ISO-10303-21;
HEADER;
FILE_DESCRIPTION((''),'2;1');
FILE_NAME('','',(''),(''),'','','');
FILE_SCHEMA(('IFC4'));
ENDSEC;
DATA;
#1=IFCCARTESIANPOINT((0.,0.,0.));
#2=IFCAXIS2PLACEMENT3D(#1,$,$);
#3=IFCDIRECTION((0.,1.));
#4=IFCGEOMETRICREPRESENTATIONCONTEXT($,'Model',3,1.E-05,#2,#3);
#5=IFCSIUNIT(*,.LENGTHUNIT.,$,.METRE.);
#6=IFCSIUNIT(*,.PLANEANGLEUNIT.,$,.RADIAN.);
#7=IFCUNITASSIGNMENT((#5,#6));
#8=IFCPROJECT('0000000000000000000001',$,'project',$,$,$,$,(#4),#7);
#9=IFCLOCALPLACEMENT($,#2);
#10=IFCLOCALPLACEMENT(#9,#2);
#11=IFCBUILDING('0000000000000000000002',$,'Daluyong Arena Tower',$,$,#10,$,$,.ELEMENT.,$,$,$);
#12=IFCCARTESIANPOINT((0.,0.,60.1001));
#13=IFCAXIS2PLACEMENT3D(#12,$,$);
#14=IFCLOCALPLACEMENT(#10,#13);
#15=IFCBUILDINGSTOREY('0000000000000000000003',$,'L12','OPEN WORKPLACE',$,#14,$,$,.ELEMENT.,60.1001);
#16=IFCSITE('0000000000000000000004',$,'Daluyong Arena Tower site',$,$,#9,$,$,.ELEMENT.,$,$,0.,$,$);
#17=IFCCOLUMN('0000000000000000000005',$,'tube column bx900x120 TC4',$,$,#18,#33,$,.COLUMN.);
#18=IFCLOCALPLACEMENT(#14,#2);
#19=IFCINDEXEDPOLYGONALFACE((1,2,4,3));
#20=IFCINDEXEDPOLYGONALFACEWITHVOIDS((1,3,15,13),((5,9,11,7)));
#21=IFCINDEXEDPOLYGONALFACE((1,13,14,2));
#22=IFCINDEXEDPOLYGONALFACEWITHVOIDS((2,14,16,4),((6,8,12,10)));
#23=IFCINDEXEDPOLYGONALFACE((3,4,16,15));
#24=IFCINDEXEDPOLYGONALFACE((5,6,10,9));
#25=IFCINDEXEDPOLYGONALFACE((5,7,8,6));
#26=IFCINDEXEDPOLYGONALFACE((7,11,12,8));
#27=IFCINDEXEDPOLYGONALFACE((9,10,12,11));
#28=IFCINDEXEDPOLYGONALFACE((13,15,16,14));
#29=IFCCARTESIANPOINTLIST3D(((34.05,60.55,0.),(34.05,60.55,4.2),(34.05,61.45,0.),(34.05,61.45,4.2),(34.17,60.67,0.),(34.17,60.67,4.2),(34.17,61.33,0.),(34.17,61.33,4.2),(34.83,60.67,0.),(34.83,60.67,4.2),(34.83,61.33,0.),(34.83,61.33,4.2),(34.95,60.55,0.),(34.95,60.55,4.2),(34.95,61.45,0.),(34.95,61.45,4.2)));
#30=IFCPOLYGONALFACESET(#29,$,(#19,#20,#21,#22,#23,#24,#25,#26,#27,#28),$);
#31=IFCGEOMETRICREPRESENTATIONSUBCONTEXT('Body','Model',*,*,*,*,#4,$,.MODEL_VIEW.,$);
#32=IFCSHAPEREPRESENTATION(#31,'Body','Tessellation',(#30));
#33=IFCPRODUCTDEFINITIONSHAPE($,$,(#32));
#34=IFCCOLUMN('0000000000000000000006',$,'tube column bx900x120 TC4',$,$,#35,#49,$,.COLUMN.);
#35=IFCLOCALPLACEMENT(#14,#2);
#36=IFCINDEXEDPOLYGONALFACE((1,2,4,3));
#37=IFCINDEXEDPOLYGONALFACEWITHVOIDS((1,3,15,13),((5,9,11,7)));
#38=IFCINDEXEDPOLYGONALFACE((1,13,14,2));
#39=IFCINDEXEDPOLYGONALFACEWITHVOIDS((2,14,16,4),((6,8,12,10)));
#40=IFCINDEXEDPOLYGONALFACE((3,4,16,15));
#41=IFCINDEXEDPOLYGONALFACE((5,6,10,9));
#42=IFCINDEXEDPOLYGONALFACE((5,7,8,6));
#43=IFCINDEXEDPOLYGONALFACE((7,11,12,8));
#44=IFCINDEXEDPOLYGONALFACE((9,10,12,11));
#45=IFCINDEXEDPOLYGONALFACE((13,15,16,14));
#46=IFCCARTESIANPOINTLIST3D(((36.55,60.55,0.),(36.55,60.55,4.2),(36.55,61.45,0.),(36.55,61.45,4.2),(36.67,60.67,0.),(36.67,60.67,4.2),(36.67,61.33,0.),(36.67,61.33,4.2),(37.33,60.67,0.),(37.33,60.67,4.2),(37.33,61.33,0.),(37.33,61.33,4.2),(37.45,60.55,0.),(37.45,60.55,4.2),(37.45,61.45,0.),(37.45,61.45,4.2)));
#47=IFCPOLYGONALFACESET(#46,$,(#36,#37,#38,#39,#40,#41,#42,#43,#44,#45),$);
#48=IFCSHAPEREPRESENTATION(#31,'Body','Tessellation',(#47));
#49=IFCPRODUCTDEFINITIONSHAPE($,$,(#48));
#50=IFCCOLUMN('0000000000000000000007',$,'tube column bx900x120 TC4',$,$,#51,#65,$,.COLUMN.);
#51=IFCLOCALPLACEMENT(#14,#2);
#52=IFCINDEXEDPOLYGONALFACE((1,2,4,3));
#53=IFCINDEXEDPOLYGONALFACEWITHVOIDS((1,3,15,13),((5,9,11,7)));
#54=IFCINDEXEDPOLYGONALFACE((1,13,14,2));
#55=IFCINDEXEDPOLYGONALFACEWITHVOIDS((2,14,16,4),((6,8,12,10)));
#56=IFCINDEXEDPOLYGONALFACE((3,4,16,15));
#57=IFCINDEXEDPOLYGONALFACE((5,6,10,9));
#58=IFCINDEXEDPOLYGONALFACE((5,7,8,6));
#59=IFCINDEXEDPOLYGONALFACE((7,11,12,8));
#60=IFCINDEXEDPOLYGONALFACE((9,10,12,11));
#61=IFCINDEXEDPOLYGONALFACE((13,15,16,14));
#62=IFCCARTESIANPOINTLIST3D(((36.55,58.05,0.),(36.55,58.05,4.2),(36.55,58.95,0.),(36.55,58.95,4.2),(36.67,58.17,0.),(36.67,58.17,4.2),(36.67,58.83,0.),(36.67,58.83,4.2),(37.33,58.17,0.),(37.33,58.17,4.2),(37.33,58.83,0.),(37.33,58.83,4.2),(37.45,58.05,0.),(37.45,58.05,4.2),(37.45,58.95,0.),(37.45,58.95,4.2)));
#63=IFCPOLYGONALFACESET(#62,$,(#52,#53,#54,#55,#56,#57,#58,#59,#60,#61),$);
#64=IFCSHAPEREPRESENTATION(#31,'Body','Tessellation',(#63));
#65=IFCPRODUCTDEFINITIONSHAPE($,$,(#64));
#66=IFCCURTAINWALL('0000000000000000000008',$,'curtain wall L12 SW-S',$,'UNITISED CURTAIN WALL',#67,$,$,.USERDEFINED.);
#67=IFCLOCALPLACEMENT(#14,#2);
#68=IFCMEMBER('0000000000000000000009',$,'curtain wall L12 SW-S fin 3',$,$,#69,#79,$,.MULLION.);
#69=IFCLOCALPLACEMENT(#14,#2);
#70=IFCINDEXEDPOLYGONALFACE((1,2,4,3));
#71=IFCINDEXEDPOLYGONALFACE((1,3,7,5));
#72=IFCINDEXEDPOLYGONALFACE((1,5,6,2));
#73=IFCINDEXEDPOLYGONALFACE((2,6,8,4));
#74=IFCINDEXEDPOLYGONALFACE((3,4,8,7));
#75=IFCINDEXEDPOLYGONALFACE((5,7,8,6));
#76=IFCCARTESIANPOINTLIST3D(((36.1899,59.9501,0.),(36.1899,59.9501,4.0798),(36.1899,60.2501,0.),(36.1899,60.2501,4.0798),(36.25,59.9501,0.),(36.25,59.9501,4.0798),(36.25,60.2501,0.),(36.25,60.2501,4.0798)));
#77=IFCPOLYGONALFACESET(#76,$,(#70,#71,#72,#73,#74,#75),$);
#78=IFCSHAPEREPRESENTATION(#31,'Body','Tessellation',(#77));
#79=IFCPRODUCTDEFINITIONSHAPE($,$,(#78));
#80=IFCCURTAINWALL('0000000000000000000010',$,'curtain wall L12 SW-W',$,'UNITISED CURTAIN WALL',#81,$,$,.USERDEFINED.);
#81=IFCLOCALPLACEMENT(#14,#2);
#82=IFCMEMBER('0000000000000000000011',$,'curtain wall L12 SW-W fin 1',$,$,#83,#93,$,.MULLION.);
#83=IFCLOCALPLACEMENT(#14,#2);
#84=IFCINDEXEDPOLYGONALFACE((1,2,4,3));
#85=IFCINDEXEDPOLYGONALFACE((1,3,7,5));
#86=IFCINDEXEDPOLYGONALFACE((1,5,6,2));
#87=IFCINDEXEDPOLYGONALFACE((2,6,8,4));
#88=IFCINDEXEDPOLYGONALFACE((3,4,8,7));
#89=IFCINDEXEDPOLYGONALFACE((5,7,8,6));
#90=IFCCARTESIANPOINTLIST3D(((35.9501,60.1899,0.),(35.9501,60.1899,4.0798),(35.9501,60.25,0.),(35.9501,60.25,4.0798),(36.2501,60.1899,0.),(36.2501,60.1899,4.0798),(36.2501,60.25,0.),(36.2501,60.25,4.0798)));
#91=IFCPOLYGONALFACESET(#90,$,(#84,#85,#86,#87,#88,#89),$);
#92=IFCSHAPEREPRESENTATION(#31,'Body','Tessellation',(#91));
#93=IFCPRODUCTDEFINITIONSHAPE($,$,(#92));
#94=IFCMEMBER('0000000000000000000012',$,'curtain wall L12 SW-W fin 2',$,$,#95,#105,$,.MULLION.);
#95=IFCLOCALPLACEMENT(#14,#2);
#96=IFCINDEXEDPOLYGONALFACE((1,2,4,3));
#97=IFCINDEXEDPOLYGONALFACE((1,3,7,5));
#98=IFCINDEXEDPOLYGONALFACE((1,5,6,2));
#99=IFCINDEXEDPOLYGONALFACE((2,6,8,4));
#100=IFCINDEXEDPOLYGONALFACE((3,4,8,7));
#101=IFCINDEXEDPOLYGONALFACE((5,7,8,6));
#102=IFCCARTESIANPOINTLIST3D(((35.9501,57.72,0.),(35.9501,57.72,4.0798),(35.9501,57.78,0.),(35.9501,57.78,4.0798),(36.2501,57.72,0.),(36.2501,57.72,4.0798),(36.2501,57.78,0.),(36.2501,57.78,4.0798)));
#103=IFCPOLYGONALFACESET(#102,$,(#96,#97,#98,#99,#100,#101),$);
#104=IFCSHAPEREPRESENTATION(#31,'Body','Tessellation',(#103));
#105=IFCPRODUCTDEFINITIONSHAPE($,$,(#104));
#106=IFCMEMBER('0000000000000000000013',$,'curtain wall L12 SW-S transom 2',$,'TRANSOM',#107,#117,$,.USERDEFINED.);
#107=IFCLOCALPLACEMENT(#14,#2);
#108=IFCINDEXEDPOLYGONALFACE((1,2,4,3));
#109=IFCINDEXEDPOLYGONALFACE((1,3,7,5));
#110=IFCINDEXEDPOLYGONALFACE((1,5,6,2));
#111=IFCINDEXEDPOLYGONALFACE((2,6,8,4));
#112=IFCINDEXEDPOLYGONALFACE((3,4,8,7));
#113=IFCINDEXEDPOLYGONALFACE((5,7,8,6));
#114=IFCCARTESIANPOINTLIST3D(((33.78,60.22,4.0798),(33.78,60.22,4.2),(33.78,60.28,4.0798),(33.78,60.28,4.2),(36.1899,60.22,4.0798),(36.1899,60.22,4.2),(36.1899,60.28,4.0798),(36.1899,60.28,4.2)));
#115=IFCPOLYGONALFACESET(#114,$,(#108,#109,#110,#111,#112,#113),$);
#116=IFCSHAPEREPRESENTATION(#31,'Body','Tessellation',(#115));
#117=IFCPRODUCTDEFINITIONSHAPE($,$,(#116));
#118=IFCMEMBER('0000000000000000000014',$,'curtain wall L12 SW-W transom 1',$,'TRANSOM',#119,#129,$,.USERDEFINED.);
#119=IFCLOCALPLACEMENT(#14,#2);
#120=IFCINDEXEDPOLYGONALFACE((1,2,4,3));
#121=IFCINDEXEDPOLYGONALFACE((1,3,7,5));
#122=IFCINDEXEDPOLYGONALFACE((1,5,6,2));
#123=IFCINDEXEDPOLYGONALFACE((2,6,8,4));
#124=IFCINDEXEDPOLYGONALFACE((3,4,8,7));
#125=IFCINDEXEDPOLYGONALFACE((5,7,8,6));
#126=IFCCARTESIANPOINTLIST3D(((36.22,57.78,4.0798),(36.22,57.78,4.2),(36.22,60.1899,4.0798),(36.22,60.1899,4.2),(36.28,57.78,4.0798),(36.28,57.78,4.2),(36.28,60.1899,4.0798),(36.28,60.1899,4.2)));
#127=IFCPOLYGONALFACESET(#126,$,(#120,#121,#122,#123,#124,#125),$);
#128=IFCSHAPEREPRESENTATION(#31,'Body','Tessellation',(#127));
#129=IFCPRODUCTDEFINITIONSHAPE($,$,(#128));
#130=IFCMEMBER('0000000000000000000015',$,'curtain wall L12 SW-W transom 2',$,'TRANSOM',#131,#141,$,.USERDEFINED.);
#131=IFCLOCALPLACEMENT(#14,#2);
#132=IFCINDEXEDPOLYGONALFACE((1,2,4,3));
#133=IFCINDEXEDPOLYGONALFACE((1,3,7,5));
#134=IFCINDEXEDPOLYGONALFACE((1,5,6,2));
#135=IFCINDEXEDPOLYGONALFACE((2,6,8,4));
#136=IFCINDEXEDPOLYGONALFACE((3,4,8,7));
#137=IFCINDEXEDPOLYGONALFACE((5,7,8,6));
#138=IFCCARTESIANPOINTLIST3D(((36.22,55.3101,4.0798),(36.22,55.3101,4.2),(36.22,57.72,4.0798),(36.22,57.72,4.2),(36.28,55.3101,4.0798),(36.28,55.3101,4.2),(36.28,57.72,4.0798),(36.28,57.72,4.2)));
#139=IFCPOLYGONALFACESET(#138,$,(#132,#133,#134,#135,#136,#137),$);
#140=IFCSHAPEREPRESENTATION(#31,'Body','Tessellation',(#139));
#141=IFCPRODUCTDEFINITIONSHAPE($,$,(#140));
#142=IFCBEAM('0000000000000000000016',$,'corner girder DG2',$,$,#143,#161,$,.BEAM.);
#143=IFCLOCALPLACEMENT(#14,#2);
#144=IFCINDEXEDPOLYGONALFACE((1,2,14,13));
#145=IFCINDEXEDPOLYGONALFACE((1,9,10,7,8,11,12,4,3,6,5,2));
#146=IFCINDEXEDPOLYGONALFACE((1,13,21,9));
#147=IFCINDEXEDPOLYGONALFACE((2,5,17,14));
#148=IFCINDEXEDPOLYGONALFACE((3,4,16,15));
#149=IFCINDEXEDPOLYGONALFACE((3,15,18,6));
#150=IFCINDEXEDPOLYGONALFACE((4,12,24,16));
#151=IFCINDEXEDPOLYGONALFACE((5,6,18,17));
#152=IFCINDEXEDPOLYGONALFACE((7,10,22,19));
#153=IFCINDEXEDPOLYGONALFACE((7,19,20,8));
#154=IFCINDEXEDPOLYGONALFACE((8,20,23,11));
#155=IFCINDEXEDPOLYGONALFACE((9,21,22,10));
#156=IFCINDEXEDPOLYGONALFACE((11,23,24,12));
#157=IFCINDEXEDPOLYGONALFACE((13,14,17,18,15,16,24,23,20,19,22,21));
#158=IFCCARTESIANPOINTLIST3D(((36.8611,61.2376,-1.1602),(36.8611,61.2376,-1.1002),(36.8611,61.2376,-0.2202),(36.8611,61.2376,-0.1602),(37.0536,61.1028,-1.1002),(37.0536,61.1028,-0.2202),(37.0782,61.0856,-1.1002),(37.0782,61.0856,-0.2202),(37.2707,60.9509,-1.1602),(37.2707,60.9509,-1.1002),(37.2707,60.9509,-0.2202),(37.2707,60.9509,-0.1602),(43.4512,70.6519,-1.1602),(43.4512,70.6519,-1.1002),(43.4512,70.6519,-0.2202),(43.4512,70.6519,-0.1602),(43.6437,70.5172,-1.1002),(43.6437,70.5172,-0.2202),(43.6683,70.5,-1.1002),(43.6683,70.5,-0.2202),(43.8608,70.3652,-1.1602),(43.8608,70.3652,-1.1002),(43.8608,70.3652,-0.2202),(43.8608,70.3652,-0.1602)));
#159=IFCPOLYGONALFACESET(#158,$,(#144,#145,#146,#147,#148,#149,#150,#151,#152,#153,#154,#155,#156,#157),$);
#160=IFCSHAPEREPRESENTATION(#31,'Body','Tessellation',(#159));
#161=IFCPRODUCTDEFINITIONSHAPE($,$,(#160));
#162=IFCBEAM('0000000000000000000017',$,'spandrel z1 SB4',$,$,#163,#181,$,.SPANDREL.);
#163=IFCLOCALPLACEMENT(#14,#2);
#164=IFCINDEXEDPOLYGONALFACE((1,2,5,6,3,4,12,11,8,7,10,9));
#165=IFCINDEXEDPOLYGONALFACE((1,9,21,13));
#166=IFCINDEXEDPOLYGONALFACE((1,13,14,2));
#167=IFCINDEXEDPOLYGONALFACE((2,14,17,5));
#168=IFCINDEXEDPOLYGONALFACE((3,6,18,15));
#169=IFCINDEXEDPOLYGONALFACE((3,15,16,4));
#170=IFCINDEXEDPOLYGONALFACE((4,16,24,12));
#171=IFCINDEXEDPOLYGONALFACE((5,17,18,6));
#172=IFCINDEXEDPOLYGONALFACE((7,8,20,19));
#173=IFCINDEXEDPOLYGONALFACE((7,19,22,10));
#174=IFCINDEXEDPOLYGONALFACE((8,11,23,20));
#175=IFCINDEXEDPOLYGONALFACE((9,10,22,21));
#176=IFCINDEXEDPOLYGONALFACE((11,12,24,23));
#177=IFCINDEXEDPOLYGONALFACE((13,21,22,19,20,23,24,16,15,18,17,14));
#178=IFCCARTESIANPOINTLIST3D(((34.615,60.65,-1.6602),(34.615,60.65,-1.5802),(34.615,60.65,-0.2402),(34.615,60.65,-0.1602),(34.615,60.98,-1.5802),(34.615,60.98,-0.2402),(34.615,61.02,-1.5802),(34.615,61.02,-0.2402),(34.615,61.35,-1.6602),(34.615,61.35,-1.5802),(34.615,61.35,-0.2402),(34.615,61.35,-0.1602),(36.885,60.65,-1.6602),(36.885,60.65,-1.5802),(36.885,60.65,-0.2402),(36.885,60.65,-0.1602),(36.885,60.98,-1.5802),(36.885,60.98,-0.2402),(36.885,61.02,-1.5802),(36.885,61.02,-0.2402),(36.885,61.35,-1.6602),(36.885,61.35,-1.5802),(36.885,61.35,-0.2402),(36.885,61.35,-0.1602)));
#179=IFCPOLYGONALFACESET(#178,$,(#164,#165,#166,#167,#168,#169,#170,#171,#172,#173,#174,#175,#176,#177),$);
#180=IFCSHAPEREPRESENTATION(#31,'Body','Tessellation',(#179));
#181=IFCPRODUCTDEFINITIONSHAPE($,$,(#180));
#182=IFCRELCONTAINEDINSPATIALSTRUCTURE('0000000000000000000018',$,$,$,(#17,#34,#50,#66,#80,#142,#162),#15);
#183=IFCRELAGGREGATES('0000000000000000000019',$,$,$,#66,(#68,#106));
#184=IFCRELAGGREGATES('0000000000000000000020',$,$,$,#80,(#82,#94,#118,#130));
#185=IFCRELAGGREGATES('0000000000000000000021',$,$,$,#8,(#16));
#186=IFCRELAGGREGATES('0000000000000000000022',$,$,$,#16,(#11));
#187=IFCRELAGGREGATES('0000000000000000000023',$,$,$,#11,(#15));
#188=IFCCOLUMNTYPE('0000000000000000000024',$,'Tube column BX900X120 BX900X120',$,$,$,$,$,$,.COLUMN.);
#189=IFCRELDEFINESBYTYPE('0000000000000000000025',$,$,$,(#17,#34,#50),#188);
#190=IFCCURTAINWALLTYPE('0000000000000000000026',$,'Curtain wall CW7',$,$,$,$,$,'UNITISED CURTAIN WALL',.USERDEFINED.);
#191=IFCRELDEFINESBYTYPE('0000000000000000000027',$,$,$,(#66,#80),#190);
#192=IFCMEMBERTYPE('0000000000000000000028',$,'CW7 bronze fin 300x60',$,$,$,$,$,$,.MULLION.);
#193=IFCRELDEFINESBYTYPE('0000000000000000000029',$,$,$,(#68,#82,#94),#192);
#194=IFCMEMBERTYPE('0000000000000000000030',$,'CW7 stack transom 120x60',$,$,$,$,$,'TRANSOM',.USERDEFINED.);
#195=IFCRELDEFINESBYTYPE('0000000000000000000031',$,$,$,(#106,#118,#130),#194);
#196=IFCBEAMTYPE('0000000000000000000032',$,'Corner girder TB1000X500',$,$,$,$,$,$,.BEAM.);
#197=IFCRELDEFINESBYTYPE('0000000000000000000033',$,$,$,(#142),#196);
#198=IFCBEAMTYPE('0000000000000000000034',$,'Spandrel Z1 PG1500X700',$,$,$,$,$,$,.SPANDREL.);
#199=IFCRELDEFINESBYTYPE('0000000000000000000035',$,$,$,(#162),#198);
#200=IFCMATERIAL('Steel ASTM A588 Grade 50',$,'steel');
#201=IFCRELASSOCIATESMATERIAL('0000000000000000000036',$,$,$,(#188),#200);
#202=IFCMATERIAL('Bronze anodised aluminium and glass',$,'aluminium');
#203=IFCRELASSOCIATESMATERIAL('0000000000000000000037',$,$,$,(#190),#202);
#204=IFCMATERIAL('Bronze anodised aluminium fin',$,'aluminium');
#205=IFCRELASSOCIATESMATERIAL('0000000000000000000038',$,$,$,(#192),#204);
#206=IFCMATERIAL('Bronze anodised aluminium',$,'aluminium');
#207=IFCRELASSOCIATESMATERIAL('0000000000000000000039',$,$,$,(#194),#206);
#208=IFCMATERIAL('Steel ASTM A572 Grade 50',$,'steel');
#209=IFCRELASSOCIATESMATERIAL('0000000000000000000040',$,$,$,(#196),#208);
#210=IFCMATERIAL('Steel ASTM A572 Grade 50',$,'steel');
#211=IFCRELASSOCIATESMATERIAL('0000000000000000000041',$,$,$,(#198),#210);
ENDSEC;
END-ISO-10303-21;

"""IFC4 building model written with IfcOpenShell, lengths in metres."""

from ifc_helpers import new_model, si_unit, direction, frame, origin, origin_2d, place, context, subcontext, project, spatial, rectangle, hollow_rectangle, i_section, extrude, material, material_profile, profile_set, type_object, element, aggregate, save


model = new_model("IFC4")

# Units and contexts
model_context = context("Model", 3, precision=1e-05, world=origin(), true_north=direction((0.0, 1.0)))
body_context = subcontext(model_context, "Body", "Model", "MODEL_VIEW")
ifc_project = project(units=[si_unit("LENGTHUNIT", "METRE"), si_unit("PLANEANGLEUNIT", "RADIAN")], contexts=[model_context])

# Site, building, storey
site_placement = place(None, origin())
site = spatial("IfcSite", under=ifc_project, at=site_placement, Name="Daluyong Arena Tower site", CompositionType="ELEMENT", RefElevation=0.0)
building_placement = place(site_placement, origin())
building = spatial("IfcBuilding", under=site, at=building_placement, Name="Daluyong Arena Tower", CompositionType="ELEMENT")
storey_placement = place(building_placement, frame((0.0, 0.0, 60.1001)))
storey = spatial("IfcBuildingStorey", under=building, at=storey_placement, Name="L12", Description="OPEN WORKPLACE", CompositionType="ELEMENT", Elevation=60.1001)

# Columns
ifc_material_1 = material(Name="Steel ASTM A588 Grade 50", Category="steel")
ifc_material_profile_1 = material_profile(ifc_material_1, hollow_rectangle(XDim=0.8999, YDim=0.8999, WallThickness=0.12, at=origin_2d()))
ifc_profile_set_1 = profile_set([ifc_material_profile_1], Name="Steel ASTM A588 Grade 50")
column_type = type_object("IfcColumnType", Name="Tube column BX900X120 BX900X120", PredefinedType="COLUMN", material=ifc_profile_set_1)
for number, where, z_axis, x_axis, name in (
    (1, (34.5, 61.0, 0.0), (0.0, 0.0, 1.0), (1.0, 0.0, 0.0), "tube column bx900x120 TC4"),
    (2, (37.0, 61.0, 0.0), (0.0, 0.0, 1.0), (0.0, 1.0, 0.0), "tube column bx900x120 TC4"),
    (3, (37.0, 58.5, 0.0), (0.0, 0.0, 1.0), (0.0, 1.0, 0.0), "tube column bx900x120 TC4"),
):
    element("IfcColumn", number, at=place(storey_placement, frame(where, z_axis=z_axis, x_axis=x_axis)), inside=storey, type_object=column_type, Name=name, PredefinedType="COLUMN", context=body_context, shape_type="SweptSolid", body=[
        extrude(hollow_rectangle(XDim=0.8999, YDim=0.8999, WallThickness=0.12, at=origin_2d()), origin(), (0.0, 0.0, 1.0), 4.2),
    ])

# Curtain wall, member
ifc_material_2 = material(Name="Bronze anodised aluminium and glass", Category="aluminium")
curtain_wall_type = type_object("IfcCurtainWallType", Name="Curtain wall CW7", ElementType="UNITISED CURTAIN WALL", PredefinedType="USERDEFINED", material=ifc_material_2)
curtain_wall_1_placement = place(storey_placement, origin())
curtain_wall_1 = element("IfcCurtainWall", 4, at=curtain_wall_1_placement, inside=storey, type_object=curtain_wall_type, Name="curtain wall L12 SW-S", ObjectType="UNITISED CURTAIN WALL", PredefinedType="USERDEFINED")
ifc_material_3 = material(Name="Bronze anodised aluminium fin", Category="aluminium")
ifc_material_profile_2 = material_profile(ifc_material_3, rectangle(XDim=0.3, YDim=0.0601, at=origin_2d()))
ifc_profile_set_2 = profile_set([ifc_material_profile_2], Name="Bronze anodised aluminium fin")
member_type_1 = type_object("IfcMemberType", Name="CW7 bronze fin 300x60", PredefinedType="MULLION", material=ifc_profile_set_2)
member_1_placement = place(storey_placement, frame((36.22, 60.1001, 0.0), z_axis=(0.0, 0.0, 1.0), x_axis=(0.0, 1.0, 0.0)))
member_1 = element("IfcMember", 5, at=member_1_placement, type_object=member_type_1, Name="curtain wall L12 SW-S fin 3", PredefinedType="MULLION", context=body_context, shape_type="SweptSolid", body=[
    extrude(rectangle(XDim=0.3, YDim=0.0601, at=origin_2d()), origin(), (0.0, 0.0, 1.0), 4.0798),
])

# Curtain wall, members
curtain_wall_2_placement = place(storey_placement, origin())
curtain_wall_2 = element("IfcCurtainWall", 6, at=curtain_wall_2_placement, inside=storey, type_object=curtain_wall_type, Name="curtain wall L12 SW-W", ObjectType="UNITISED CURTAIN WALL", PredefinedType="USERDEFINED")
member_2_placement = place(storey_placement, frame((36.1001, 60.22, 0.0), z_axis=(0.0, 0.0, 1.0), x_axis=(1.0, 0.0, 0.0)))
member_2 = element("IfcMember", 7, at=member_2_placement, type_object=member_type_1, Name="curtain wall L12 SW-W fin 1", PredefinedType="MULLION", context=body_context, shape_type="SweptSolid", body=[
    extrude(rectangle(XDim=0.3, YDim=0.0601, at=origin_2d()), origin(), (0.0, 0.0, 1.0), 4.0798),
])
member_3_placement = place(storey_placement, frame((36.1001, 57.75, 0.0), z_axis=(0.0, 0.0, 1.0), x_axis=(1.0, 0.0, 0.0)))
member_3 = element("IfcMember", 8, at=member_3_placement, type_object=member_type_1, Name="curtain wall L12 SW-W fin 2", PredefinedType="MULLION", context=body_context, shape_type="SweptSolid", body=[
    extrude(rectangle(XDim=0.3, YDim=0.0601, at=origin_2d()), origin(), (0.0, 0.0, 1.0), 4.0798),
])

# Members
ifc_material_4 = material(Name="Bronze anodised aluminium", Category="aluminium")
ifc_material_profile_3 = material_profile(ifc_material_4, rectangle(XDim=0.0601, YDim=0.1201, at=origin_2d()))
ifc_profile_set_3 = profile_set([ifc_material_profile_3], Name="Bronze anodised aluminium")
member_type_2 = type_object("IfcMemberType", Name="CW7 stack transom 120x60", ElementType="TRANSOM", PredefinedType="USERDEFINED", material=ifc_profile_set_3)
member_4_placement = place(storey_placement, frame((33.78, 60.25, 4.1399), z_axis=(1.0, 0.0, 0.0), x_axis=(0.0, 1.0, 0.0)))
member_4 = element("IfcMember", 9, at=member_4_placement, type_object=member_type_2, Name="curtain wall L12 SW-S transom 2", ObjectType="TRANSOM", PredefinedType="USERDEFINED", context=body_context, shape_type="SweptSolid", body=[
    extrude(rectangle(XDim=0.0601, YDim=0.1201, at=origin_2d()), origin(), (0.0, 0.0, 1.0), 2.4099),
])
member_5_placement = place(storey_placement, frame((36.25, 60.1899, 4.1399), z_axis=(0.0, -1.0, 0.0), x_axis=(1.0, 0.0, 0.0)))
member_5 = element("IfcMember", 10, at=member_5_placement, type_object=member_type_2, Name="curtain wall L12 SW-W transom 1", ObjectType="TRANSOM", PredefinedType="USERDEFINED", context=body_context, shape_type="SweptSolid", body=[
    extrude(rectangle(XDim=0.0601, YDim=0.1201, at=origin_2d()), origin(), (0.0, 0.0, 1.0), 2.4099),
])
member_6_placement = place(storey_placement, frame((36.25, 57.72, 4.1399), z_axis=(0.0, -1.0, 0.0), x_axis=(1.0, 0.0, 0.0)))
member_6 = element("IfcMember", 11, at=member_6_placement, type_object=member_type_2, Name="curtain wall L12 SW-W transom 2", ObjectType="TRANSOM", PredefinedType="USERDEFINED", context=body_context, shape_type="SweptSolid", body=[
    extrude(rectangle(XDim=0.0601, YDim=0.1201, at=origin_2d()), origin(), (0.0, 0.0, 1.0), 2.4099),
])

# Beams
ifc_material_5 = material(Name="Steel ASTM A572 Grade 50", Category="steel")
ifc_material_profile_4 = material_profile(ifc_material_5, i_section(OverallWidth=0.5, OverallDepth=1.0, WebThickness=0.03, FlangeThickness=0.06, at=origin_2d()))
ifc_profile_set_4 = profile_set([ifc_material_profile_4], Name="Steel ASTM A572 Grade 50")
beam_type_1 = type_object("IfcBeamType", Name="Corner girder TB1000X500", PredefinedType="BEAM", material=ifc_profile_set_4)
beam_placement = place(storey_placement, frame((37.0659, 61.0942, -0.6602), z_axis=(0.573467, 0.819229, 0.0), x_axis=(-0.819229, 0.573467, 0.0)))
element("IfcBeam", 12, at=beam_placement, inside=storey, type_object=beam_type_1, Name="corner girder DG2", PredefinedType="BEAM", context=body_context, shape_type="SweptSolid", body=[
    extrude(i_section(OverallWidth=0.5, OverallDepth=1.0, WebThickness=0.03, FlangeThickness=0.06, at=origin_2d()), origin(), (0.0, 0.0, 1.0), 11.4917),
])
ifc_material_6 = material(Name="Steel ASTM A572 Grade 50", Category="steel")
ifc_material_profile_5 = material_profile(ifc_material_6, i_section(OverallWidth=0.7, OverallDepth=1.5, WebThickness=0.04, FlangeThickness=0.08, at=origin_2d()))
ifc_profile_set_5 = profile_set([ifc_material_profile_5], Name="Steel ASTM A572 Grade 50")
beam_type_2 = type_object("IfcBeamType", Name="Spandrel Z1 PG1500X700", PredefinedType="SPANDREL", material=ifc_profile_set_5)
for number, where, z_axis, x_axis, name in (
    (13, (34.615, 61.0, -0.9102), (1.0, 0.0, 0.0), (0.0, 1.0, 0.0), "spandrel z1 SB4"),
):
    element("IfcBeam", number, at=place(storey_placement, frame(where, z_axis=z_axis, x_axis=x_axis)), inside=storey, type_object=beam_type_2, Name=name, PredefinedType="SPANDREL", context=body_context, shape_type="SweptSolid", body=[
        extrude(i_section(OverallWidth=0.7, OverallDepth=1.5, WebThickness=0.04, FlangeThickness=0.08, at=origin_2d()), origin(), (0.0, 0.0, 1.0), 2.27),
    ])

aggregate(curtain_wall_1, [member_1, member_4])
aggregate(curtain_wall_2, [member_2, member_3, member_5, member_6])

save(model, "model.ifc")
